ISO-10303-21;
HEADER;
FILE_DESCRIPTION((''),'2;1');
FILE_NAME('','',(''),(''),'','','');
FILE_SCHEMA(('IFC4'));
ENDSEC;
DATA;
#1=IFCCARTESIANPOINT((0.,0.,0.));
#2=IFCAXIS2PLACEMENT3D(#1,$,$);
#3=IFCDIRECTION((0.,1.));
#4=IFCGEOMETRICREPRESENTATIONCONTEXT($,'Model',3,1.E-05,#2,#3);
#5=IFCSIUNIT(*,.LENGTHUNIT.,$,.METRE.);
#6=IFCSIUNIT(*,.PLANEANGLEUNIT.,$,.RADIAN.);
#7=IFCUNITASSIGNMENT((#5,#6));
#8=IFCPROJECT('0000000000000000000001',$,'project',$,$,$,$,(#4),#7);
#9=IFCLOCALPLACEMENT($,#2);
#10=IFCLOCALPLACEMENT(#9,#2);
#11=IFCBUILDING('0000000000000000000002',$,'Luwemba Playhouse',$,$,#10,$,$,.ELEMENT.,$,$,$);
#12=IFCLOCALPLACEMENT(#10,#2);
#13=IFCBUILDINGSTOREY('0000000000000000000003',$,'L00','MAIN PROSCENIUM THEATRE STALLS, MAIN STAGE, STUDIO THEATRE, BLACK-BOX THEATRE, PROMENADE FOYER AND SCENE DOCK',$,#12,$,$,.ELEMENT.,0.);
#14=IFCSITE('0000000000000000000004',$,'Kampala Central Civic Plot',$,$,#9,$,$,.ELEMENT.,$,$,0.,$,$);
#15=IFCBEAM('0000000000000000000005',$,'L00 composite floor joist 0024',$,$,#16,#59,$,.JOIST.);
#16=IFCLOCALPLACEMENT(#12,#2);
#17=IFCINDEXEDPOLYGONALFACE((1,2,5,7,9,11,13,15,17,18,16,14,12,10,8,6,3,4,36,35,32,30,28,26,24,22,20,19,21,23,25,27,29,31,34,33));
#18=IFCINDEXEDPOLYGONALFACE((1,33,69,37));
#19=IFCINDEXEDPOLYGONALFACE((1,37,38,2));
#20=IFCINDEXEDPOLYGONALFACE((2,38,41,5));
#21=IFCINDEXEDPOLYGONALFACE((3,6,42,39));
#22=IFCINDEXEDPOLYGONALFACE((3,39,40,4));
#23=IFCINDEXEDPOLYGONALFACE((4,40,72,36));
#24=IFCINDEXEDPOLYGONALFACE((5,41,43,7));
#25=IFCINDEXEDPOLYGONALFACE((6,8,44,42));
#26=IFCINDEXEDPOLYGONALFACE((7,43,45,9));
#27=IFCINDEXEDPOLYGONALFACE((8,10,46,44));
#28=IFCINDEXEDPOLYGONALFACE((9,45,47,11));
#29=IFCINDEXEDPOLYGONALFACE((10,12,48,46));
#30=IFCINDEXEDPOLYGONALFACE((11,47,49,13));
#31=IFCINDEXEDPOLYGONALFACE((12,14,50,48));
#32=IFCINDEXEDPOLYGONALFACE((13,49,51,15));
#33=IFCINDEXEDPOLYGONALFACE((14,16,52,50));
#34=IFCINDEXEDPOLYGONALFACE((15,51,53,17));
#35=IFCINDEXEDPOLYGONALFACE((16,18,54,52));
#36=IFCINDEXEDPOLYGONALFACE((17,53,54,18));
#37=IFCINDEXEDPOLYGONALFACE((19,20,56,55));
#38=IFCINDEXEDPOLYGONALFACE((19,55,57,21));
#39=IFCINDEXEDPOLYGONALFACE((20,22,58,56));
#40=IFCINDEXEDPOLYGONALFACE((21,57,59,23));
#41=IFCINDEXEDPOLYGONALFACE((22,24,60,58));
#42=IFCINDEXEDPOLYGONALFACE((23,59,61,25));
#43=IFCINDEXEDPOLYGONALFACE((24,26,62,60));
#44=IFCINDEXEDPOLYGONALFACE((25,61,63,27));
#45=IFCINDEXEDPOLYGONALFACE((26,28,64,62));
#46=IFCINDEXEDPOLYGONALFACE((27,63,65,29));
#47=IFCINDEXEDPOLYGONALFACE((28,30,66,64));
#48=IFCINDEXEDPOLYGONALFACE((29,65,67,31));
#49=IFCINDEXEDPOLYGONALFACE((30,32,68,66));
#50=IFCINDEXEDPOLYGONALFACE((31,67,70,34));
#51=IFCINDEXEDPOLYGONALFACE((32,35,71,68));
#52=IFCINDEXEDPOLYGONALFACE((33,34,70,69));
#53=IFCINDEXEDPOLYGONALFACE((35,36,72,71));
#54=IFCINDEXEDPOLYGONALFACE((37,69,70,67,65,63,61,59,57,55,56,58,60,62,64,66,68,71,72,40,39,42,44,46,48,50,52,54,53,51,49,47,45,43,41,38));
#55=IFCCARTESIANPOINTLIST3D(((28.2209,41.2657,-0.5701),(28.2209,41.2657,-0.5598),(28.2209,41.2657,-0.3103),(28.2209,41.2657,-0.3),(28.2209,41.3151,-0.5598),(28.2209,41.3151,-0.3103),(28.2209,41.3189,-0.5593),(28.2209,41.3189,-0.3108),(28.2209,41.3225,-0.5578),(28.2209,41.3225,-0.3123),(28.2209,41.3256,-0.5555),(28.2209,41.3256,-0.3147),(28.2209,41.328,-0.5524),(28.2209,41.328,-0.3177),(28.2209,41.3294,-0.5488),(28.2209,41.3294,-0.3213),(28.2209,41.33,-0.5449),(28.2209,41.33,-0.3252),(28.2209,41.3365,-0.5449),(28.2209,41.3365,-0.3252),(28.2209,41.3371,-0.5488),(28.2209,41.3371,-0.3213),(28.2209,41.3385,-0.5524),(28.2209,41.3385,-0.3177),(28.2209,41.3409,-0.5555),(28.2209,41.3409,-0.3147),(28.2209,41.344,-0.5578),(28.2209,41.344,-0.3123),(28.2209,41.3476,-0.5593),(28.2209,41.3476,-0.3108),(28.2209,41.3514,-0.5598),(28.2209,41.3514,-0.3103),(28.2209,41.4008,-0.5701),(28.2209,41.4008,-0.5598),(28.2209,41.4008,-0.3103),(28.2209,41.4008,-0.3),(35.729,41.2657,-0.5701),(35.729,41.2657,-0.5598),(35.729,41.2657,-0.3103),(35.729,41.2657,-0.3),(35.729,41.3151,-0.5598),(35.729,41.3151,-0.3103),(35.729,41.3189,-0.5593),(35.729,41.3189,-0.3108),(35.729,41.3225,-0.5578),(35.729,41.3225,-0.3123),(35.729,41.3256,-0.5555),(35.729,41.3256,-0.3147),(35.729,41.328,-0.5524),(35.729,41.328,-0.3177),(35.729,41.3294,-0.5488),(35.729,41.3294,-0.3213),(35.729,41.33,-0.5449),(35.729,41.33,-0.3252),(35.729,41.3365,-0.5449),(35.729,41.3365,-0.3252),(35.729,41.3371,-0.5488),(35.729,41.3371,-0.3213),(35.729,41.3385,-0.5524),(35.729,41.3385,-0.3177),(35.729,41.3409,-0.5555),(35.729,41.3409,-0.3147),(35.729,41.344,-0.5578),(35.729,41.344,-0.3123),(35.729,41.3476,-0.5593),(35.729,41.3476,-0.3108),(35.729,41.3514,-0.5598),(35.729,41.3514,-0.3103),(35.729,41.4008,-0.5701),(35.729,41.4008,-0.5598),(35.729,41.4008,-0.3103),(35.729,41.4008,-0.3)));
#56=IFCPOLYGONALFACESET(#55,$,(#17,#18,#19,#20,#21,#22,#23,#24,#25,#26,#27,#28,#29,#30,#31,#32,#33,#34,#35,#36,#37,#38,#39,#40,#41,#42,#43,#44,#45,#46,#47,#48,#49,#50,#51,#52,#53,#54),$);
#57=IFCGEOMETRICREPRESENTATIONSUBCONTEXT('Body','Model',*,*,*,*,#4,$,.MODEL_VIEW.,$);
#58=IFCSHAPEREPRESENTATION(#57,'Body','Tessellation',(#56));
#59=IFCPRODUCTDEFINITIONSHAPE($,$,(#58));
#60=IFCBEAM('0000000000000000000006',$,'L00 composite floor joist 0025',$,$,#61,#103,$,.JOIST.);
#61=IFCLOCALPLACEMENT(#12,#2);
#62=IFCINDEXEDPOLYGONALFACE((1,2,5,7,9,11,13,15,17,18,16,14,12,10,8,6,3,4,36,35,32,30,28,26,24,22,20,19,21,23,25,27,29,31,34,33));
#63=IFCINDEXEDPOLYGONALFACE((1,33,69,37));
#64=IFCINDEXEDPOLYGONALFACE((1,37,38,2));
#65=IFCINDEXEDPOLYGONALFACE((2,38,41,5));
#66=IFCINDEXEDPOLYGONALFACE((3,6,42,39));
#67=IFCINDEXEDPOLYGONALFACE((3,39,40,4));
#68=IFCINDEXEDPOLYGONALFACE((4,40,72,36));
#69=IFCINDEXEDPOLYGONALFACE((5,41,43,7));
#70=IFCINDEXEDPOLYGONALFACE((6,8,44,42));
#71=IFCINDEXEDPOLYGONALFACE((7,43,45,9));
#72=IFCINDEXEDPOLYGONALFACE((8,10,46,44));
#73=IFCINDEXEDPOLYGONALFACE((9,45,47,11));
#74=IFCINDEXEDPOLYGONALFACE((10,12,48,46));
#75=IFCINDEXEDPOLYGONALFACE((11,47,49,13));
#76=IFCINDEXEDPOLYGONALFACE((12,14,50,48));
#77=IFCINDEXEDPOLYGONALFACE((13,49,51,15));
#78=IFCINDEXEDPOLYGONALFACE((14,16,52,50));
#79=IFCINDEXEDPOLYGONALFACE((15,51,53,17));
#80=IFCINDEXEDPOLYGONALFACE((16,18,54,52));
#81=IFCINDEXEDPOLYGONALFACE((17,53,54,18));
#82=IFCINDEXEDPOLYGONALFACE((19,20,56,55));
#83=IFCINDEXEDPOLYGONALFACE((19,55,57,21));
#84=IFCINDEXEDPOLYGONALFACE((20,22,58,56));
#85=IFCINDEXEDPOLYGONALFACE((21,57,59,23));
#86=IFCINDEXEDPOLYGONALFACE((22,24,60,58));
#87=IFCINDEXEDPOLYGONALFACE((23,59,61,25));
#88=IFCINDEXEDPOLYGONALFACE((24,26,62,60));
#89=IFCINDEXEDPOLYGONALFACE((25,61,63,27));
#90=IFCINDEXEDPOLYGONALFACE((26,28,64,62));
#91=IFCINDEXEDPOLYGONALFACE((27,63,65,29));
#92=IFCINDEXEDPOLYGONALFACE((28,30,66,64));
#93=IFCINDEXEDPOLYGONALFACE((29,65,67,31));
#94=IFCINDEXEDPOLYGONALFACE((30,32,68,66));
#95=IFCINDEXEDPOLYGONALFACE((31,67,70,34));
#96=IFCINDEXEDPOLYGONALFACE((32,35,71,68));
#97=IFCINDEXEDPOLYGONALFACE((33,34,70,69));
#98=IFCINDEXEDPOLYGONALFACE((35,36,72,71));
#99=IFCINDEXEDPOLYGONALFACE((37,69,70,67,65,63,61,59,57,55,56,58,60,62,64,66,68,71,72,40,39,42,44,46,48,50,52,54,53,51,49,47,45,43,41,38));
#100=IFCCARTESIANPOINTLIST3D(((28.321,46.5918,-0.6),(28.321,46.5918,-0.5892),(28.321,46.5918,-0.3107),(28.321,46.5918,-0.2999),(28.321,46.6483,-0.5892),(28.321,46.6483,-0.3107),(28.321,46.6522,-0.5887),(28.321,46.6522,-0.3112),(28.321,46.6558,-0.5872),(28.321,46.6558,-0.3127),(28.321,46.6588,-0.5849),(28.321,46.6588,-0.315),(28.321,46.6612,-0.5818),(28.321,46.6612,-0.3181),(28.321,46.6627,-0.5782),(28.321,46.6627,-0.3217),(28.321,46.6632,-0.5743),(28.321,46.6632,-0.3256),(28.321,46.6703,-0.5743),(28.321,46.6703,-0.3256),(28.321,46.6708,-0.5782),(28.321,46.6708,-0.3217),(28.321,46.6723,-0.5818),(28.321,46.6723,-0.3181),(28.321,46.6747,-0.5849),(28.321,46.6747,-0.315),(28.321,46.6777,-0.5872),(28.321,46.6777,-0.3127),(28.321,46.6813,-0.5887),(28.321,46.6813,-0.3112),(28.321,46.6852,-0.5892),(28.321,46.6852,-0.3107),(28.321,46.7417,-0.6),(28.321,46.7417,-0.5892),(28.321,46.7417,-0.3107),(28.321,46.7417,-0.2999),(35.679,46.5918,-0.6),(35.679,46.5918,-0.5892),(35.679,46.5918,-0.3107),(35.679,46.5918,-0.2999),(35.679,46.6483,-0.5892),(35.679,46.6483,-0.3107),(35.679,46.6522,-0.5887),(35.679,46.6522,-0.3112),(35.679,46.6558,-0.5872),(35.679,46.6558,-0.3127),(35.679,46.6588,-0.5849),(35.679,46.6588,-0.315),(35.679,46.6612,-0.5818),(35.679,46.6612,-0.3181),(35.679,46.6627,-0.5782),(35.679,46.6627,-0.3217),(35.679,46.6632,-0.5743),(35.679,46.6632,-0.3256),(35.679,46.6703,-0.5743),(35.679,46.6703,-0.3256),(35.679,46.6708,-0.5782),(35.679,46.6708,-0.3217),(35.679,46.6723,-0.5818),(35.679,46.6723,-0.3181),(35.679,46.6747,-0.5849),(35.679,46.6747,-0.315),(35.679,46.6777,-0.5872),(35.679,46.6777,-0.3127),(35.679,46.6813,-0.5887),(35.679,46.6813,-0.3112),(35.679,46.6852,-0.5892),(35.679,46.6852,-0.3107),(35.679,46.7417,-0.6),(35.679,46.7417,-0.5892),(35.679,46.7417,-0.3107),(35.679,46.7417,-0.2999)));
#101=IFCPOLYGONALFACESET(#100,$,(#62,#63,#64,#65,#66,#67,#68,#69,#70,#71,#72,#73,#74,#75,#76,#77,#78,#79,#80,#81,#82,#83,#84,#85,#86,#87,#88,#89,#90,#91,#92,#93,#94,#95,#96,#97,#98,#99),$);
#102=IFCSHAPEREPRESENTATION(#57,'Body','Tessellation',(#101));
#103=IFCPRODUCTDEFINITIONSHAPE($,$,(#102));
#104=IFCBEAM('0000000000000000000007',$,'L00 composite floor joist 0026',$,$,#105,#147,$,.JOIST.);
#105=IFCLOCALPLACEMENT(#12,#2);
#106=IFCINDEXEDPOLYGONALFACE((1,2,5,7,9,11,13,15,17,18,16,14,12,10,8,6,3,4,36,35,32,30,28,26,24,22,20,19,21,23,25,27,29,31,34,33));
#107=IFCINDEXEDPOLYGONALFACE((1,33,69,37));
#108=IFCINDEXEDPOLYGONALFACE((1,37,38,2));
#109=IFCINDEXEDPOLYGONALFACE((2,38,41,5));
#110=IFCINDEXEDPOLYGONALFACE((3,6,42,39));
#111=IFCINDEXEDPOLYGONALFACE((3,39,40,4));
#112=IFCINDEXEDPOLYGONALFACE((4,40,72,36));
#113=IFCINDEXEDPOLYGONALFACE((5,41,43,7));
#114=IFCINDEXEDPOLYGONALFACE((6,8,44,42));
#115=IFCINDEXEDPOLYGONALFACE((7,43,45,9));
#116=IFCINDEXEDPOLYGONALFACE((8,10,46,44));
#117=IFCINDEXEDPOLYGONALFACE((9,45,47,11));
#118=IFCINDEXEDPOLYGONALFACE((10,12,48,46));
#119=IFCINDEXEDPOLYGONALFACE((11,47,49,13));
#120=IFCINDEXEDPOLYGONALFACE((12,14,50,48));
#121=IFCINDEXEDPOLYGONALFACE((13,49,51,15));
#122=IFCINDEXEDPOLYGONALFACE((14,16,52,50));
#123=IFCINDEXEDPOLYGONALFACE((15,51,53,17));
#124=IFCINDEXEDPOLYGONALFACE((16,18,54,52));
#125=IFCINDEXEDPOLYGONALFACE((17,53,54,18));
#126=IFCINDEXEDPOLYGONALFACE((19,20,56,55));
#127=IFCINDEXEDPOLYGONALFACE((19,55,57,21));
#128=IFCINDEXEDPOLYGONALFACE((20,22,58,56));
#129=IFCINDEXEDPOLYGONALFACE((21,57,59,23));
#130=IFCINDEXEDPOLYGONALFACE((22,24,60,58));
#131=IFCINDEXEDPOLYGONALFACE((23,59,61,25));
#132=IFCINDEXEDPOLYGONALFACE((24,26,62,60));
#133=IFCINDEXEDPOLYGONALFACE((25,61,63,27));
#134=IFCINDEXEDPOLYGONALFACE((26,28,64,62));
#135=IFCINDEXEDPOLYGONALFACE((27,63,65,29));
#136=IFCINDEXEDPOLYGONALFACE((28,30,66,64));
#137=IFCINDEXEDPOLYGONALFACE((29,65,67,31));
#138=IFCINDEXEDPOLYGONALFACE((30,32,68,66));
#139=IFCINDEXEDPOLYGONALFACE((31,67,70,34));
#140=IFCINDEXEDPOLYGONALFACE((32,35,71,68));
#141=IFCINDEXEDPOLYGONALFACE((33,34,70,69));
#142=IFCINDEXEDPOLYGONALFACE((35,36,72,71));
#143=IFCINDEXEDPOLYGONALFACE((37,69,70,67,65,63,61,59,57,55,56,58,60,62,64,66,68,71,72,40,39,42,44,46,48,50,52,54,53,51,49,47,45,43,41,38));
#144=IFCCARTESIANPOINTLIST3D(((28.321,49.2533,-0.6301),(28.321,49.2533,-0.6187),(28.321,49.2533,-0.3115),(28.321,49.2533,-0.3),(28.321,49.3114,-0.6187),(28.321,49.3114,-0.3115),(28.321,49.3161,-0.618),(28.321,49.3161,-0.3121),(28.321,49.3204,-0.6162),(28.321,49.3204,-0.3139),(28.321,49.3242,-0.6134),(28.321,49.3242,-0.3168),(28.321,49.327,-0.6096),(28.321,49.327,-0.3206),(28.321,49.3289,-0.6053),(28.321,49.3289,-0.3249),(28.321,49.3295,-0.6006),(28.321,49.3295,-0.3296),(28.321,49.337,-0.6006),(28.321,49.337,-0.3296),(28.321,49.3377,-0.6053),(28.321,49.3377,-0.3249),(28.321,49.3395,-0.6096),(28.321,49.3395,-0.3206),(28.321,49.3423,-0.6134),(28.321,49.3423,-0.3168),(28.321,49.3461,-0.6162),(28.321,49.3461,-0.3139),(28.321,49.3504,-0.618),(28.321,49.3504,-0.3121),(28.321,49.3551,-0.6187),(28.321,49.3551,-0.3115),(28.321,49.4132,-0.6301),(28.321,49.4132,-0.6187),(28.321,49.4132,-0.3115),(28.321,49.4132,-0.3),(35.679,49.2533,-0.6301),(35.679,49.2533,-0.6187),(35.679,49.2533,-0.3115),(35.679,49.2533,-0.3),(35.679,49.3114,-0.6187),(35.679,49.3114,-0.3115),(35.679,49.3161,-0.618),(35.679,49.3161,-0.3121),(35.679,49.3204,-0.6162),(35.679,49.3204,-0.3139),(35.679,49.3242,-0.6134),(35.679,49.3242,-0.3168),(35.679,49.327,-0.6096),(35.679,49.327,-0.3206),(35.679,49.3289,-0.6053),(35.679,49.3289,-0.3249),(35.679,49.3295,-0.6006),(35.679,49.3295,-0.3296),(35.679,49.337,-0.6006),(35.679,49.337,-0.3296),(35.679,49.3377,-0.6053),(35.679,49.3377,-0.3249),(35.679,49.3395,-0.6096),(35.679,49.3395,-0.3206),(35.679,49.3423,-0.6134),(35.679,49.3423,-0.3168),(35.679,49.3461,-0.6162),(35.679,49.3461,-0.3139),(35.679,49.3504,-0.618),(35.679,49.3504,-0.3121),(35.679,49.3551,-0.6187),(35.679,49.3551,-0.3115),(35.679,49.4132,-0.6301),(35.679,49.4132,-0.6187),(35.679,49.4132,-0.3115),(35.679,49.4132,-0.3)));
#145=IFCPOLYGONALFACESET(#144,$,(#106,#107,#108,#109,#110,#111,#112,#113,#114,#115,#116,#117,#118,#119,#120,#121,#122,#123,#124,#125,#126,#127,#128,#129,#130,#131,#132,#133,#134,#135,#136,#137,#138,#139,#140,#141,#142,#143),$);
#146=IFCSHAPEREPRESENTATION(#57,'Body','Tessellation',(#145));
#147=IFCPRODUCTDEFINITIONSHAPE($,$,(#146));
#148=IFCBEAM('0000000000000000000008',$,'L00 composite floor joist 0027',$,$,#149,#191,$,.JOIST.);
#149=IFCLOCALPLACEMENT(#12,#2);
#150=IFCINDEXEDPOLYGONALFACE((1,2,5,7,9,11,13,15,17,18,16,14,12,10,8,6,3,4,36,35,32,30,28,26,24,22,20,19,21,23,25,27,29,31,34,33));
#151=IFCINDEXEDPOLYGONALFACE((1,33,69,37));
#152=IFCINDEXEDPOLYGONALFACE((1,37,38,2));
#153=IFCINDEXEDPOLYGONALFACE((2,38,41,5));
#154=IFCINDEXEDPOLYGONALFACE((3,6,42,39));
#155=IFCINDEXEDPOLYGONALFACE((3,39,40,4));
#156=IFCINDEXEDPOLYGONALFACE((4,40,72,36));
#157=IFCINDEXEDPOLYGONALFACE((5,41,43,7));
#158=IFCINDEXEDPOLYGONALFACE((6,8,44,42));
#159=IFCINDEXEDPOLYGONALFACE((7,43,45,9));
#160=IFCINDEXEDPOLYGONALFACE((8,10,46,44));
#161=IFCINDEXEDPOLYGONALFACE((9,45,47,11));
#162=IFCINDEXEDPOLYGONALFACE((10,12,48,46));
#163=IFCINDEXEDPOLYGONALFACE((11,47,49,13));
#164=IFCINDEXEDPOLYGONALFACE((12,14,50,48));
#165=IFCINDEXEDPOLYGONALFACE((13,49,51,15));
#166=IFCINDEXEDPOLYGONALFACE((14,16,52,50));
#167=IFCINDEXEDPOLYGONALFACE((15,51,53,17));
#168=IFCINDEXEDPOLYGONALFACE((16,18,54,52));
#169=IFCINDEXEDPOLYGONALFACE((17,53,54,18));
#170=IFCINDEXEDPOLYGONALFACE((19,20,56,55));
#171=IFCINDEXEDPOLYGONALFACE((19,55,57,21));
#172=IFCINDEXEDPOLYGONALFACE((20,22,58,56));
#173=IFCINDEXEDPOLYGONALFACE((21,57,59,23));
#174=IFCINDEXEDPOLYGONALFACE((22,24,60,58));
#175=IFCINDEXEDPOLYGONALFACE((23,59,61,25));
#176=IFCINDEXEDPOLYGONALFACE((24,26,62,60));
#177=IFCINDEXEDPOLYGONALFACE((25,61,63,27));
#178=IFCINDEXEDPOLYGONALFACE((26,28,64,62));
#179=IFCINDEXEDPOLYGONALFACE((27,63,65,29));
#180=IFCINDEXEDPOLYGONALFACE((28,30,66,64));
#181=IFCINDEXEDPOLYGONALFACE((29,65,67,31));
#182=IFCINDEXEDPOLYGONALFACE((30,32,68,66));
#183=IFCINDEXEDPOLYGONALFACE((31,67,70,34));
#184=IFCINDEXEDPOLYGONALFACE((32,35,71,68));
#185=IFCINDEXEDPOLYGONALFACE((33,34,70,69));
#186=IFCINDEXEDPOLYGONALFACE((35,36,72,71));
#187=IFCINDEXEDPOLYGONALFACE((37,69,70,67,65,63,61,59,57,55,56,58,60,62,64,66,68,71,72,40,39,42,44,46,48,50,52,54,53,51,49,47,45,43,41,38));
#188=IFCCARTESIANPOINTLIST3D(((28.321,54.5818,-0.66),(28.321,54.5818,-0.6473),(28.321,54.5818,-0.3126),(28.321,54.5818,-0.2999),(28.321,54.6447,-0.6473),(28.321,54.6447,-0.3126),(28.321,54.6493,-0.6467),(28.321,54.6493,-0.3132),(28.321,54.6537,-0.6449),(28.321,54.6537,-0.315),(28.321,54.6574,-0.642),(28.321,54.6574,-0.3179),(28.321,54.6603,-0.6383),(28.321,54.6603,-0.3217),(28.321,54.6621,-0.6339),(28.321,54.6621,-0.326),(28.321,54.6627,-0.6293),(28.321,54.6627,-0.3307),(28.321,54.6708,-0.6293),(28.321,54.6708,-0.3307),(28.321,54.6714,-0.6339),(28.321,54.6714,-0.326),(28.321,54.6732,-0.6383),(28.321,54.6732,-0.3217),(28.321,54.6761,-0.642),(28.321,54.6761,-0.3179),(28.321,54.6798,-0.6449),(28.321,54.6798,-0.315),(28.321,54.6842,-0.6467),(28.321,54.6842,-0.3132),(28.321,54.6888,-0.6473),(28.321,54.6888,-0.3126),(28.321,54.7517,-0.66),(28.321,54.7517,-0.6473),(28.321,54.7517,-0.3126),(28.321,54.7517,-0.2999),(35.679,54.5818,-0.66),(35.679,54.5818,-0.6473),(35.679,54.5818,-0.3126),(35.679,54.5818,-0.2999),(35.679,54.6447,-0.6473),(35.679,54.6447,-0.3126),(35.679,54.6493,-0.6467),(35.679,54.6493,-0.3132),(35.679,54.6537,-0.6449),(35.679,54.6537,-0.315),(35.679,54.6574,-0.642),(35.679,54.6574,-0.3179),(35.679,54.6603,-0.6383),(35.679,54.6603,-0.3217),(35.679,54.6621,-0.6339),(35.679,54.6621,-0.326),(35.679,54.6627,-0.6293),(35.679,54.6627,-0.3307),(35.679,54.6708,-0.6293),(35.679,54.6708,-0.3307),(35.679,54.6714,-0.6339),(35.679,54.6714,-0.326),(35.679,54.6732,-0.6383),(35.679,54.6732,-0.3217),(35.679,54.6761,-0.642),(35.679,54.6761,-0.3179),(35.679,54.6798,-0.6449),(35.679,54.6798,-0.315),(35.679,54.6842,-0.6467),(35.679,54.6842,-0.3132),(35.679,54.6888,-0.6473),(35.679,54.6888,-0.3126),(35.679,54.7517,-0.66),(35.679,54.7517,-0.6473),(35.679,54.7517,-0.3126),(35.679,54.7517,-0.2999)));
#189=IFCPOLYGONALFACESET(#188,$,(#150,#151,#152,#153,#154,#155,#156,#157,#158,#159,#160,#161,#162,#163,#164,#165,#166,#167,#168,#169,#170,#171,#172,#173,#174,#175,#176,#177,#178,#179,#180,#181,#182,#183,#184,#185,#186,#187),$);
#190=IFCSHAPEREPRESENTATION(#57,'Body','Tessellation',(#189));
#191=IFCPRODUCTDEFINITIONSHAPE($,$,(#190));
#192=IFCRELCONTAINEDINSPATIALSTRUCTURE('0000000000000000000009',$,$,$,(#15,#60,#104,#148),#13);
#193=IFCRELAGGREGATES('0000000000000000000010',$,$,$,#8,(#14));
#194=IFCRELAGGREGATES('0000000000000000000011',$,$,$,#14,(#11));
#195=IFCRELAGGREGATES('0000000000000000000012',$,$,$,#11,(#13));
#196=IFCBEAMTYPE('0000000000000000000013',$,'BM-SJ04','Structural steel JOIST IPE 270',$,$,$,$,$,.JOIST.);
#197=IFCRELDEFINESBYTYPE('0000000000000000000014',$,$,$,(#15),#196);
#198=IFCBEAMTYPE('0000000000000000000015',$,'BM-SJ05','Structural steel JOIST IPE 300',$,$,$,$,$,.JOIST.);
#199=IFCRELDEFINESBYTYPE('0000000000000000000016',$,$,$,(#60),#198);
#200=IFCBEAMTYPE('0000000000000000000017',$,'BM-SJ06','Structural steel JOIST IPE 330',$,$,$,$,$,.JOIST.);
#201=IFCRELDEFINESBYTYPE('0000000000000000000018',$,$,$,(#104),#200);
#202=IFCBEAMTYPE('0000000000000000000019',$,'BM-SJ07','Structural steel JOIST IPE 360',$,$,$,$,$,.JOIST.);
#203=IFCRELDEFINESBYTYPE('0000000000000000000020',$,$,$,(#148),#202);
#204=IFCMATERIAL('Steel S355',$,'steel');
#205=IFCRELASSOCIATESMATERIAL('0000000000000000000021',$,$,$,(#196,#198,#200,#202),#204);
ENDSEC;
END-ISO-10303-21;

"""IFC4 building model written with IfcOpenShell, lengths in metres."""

from ifc_helpers import new_model, si_unit, direction, frame, origin, origin_2d, place, context, subcontext, project, spatial, i_section, extrude, material, material_profile, profile_set, type_object, element, save


model = new_model("IFC4")

# Units and contexts
model_context = context("Model", 3, precision=1e-05, world=origin(), true_north=direction((0.0, 1.0)))
body_context = subcontext(model_context, "Body", "Model", "MODEL_VIEW")
ifc_project = project(units=[si_unit("LENGTHUNIT", "METRE"), si_unit("PLANEANGLEUNIT", "RADIAN")], contexts=[model_context])

# Site, building, storey
site_placement = place(None, origin())
site = spatial("IfcSite", under=ifc_project, at=site_placement, Name="Kampala Central Civic Plot", CompositionType="ELEMENT", RefElevation=0.0)
building_placement = place(site_placement, origin())
building = spatial("IfcBuilding", under=site, at=building_placement, Name="Luwemba Playhouse", CompositionType="ELEMENT")
storey_placement = place(building_placement, origin())
storey = spatial("IfcBuildingStorey", under=building, at=storey_placement, Name="L00", Description="MAIN PROSCENIUM THEATRE STALLS, MAIN STAGE, STUDIO THEATRE, BLACK-BOX THEATRE, PROMENADE FOYER AND SCENE DOCK", CompositionType="ELEMENT", Elevation=0.0)

# Beams
ifc_material_1 = material(Name="Steel S355", Category="steel")
ifc_material_profile_1 = material_profile(ifc_material_1, i_section(OverallWidth=0.135, OverallDepth=0.27, WebThickness=0.0066, FlangeThickness=0.0103, FilletRadius=0.0149, at=origin_2d()))
ifc_profile_set_1 = profile_set([ifc_material_profile_1], Name="Steel S355")
beam_type_1 = type_object("IfcBeamType", Name="BM-SJ04", Description="Structural steel JOIST IPE 270", PredefinedType="JOIST", material=ifc_profile_set_1)
beam_1_placement = place(storey_placement, frame((28.2209, 41.3333, -0.4351), z_axis=(1.0, 0.0, 0.0), x_axis=(0.0, 1.0, 0.0)))
element("IfcBeam", 1, at=beam_1_placement, inside=storey, type_object=beam_type_1, Name="L00 composite floor joist 0024", PredefinedType="JOIST", context=body_context, shape_type="SweptSolid", body=[
    extrude(i_section(OverallWidth=0.135, OverallDepth=0.27, WebThickness=0.0066, FlangeThickness=0.0103, FilletRadius=0.0149, at=origin_2d()), origin(), (0.0, 0.0, 1.0), 7.5081),
])
ifc_material_profile_2 = material_profile(ifc_material_1, i_section(OverallWidth=0.1499, OverallDepth=0.3, WebThickness=0.0071, FlangeThickness=0.0107, FilletRadius=0.0149, at=origin_2d()))
ifc_profile_set_2 = profile_set([ifc_material_profile_2], Name="Steel S355")
beam_type_2 = type_object("IfcBeamType", Name="BM-SJ05", Description="Structural steel JOIST IPE 300", PredefinedType="JOIST", material=ifc_profile_set_2)
beam_2_placement = place(storey_placement, frame((28.321, 46.6667, -0.45), z_axis=(1.0, 0.0, 0.0), x_axis=(0.0, 1.0, 0.0)))
element("IfcBeam", 2, at=beam_2_placement, inside=storey, type_object=beam_type_2, Name="L00 composite floor joist 0025", PredefinedType="JOIST", context=body_context, shape_type="SweptSolid", body=[
    extrude(i_section(OverallWidth=0.1499, OverallDepth=0.3, WebThickness=0.0071, FlangeThickness=0.0107, FilletRadius=0.0149, at=origin_2d()), origin(), (0.0, 0.0, 1.0), 7.3579),
])
ifc_material_profile_3 = material_profile(ifc_material_1, i_section(OverallWidth=0.1599, OverallDepth=0.3301, WebThickness=0.0076, FlangeThickness=0.0115, FilletRadius=0.0181, at=origin_2d()))
ifc_profile_set_3 = profile_set([ifc_material_profile_3], Name="Steel S355")
beam_type_3 = type_object("IfcBeamType", Name="BM-SJ06", Description="Structural steel JOIST IPE 330", PredefinedType="JOIST", material=ifc_profile_set_3)
beam_3_placement = place(storey_placement, frame((28.321, 49.3333, -0.4651), z_axis=(1.0, 0.0, 0.0), x_axis=(0.0, 1.0, 0.0)))
element("IfcBeam", 3, at=beam_3_placement, inside=storey, type_object=beam_type_3, Name="L00 composite floor joist 0026", PredefinedType="JOIST", context=body_context, shape_type="SweptSolid", body=[
    extrude(i_section(OverallWidth=0.1599, OverallDepth=0.3301, WebThickness=0.0076, FlangeThickness=0.0115, FilletRadius=0.0181, at=origin_2d()), origin(), (0.0, 0.0, 1.0), 7.3579),
])
ifc_material_profile_4 = material_profile(ifc_material_1, i_section(OverallWidth=0.1699, OverallDepth=0.3601, WebThickness=0.0081, FlangeThickness=0.0127, FilletRadius=0.0181, at=origin_2d()))
ifc_profile_set_4 = profile_set([ifc_material_profile_4], Name="Steel S355")
beam_type_4 = type_object("IfcBeamType", Name="BM-SJ07", Description="Structural steel JOIST IPE 360", PredefinedType="JOIST", material=ifc_profile_set_4)
beam_4_placement = place(storey_placement, frame((28.321, 54.6667, -0.48), z_axis=(1.0, 0.0, 0.0), x_axis=(0.0, 1.0, 0.0)))
element("IfcBeam", 4, at=beam_4_placement, inside=storey, type_object=beam_type_4, Name="L00 composite floor joist 0027", PredefinedType="JOIST", context=body_context, shape_type="SweptSolid", body=[
    extrude(i_section(OverallWidth=0.1699, OverallDepth=0.3601, WebThickness=0.0081, FlangeThickness=0.0127, FilletRadius=0.0181, at=origin_2d()), origin(), (0.0, 0.0, 1.0), 7.3579),
])

save(model, "model.ifc")
